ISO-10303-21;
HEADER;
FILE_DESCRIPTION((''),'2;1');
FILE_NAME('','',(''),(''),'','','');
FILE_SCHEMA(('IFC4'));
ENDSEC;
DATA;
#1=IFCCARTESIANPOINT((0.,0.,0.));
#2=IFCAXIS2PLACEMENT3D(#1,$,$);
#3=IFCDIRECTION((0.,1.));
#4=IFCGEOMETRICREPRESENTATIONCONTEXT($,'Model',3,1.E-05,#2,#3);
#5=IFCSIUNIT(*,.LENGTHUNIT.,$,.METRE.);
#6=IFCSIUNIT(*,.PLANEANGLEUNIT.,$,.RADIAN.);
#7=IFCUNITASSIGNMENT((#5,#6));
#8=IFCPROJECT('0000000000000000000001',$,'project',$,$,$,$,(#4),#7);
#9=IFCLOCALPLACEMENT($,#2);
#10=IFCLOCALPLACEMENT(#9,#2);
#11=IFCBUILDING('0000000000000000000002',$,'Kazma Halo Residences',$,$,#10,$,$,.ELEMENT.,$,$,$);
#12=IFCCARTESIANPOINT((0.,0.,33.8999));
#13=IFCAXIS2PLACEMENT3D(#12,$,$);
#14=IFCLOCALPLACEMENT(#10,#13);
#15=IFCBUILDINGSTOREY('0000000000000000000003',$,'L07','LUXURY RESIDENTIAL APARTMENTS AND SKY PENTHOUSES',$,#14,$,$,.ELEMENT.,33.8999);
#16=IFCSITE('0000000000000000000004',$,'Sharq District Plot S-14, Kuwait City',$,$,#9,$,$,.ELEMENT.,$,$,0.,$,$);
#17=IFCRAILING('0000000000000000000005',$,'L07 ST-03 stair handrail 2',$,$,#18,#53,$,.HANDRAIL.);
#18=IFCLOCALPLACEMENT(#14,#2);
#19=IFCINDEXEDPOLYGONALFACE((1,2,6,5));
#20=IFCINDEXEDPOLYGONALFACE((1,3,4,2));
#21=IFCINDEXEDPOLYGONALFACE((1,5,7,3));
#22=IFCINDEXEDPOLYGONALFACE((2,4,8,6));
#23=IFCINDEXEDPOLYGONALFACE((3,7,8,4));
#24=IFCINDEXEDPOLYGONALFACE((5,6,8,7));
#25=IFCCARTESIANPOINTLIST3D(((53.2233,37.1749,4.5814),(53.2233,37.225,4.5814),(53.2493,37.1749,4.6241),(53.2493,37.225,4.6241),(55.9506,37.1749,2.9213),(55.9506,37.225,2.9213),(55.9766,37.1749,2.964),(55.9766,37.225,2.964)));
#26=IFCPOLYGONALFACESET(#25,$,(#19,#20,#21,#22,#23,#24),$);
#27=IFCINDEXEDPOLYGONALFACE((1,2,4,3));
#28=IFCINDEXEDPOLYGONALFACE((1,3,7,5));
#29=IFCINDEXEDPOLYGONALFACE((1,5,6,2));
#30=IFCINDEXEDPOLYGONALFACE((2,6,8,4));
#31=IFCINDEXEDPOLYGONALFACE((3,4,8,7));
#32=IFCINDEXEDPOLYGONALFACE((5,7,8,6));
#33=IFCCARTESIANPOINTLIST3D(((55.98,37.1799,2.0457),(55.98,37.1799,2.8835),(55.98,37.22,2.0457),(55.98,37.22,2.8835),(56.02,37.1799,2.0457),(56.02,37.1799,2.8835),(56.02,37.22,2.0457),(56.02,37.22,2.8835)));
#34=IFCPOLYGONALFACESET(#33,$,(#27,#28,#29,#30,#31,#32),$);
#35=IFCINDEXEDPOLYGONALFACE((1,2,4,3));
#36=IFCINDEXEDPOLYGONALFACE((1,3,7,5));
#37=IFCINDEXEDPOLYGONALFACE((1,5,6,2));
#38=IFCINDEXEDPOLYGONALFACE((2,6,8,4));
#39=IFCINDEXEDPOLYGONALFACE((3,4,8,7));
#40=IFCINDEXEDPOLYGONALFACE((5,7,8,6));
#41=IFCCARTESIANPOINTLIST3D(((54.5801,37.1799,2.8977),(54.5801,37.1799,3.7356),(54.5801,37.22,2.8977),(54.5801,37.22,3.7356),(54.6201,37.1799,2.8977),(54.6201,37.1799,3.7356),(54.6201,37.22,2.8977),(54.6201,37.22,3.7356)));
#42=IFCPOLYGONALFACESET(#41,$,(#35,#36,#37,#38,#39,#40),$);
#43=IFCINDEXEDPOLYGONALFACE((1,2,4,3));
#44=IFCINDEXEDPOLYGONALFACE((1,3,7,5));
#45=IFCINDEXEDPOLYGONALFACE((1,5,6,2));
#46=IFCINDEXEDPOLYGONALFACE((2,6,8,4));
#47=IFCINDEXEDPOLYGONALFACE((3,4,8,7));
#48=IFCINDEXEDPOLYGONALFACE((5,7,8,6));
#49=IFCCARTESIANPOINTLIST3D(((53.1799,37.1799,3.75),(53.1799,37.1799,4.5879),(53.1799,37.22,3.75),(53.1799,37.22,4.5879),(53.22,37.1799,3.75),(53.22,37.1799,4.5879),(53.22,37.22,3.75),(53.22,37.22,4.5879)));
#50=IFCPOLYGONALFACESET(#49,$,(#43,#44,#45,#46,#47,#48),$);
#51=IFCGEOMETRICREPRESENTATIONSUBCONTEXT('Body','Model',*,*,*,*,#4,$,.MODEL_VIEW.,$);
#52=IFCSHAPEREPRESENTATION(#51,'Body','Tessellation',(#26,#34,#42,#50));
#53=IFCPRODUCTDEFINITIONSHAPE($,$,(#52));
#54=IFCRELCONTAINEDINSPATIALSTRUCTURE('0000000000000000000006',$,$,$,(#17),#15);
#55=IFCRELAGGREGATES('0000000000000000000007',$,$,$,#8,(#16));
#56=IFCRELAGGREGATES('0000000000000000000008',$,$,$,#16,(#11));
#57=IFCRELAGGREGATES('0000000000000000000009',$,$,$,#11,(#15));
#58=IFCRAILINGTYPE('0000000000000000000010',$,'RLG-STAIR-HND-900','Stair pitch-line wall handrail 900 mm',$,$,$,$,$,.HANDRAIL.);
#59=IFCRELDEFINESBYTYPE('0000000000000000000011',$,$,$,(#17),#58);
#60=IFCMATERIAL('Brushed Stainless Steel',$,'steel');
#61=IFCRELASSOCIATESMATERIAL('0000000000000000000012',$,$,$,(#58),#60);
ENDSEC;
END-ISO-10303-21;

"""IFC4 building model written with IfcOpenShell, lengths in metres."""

from ifc_helpers import new_model, si_unit, direction, frame, origin, origin_2d, place, context, subcontext, project, spatial, rectangle, extrude, material, type_object, element, save


model = new_model("IFC4")

# Units and contexts
model_context = context("Model", 3, precision=1e-05, world=origin(), true_north=direction((0.0, 1.0)))
body_context = subcontext(model_context, "Body", "Model", "MODEL_VIEW")
ifc_project = project(units=[si_unit("LENGTHUNIT", "METRE"), si_unit("PLANEANGLEUNIT", "RADIAN")], contexts=[model_context])

# Site, building, storey
site_placement = place(None, origin())
site = spatial("IfcSite", under=ifc_project, at=site_placement, Name="Sharq District Plot S-14, Kuwait City", CompositionType="ELEMENT", RefElevation=0.0)
building_placement = place(site_placement, origin())
building = spatial("IfcBuilding", under=site, at=building_placement, Name="Kazma Halo Residences", CompositionType="ELEMENT")
storey_placement = place(building_placement, frame((0.0, 0.0, 33.8999)))
storey = spatial("IfcBuildingStorey", under=building, at=storey_placement, Name="L07", Description="LUXURY RESIDENTIAL APARTMENTS AND SKY PENTHOUSES", CompositionType="ELEMENT", Elevation=33.8999)

# Railing
ifc_material_1 = material(Name="Brushed Stainless Steel", Category="steel")
railing_type_1 = type_object("IfcRailingType", Name="RLG-STAIR-HND-900", Description="Stair pitch-line wall handrail 900 mm", PredefinedType="HANDRAIL", material=ifc_material_1)
railing_1_placement = place(storey_placement, frame((56.0, 37.2, 2.0457)))
element("IfcRailing", 1, at=railing_1_placement, inside=storey, type_object=railing_type_1, Name="L07 ST-03 stair handrail 2", PredefinedType="HANDRAIL", context=body_context, shape_type="SweptSolid", body=[
    extrude(rectangle(XDim=0.05, YDim=0.05, at=origin_2d()), frame((-0.0364, 0.0, 0.897), z_axis=(-0.854203, 0.0, 0.51994), x_axis=(0.0, -1.0, 0.0)), (0.0, 0.0, 1.0), 3.1929),
    extrude(rectangle(XDim=0.04, YDim=0.04, at=origin_2d()), origin(), (0.0, 0.0, 1.0), 0.8379),
    extrude(rectangle(XDim=0.04, YDim=0.04, at=origin_2d()), frame((-1.3999, 0.0, 0.8521)), (0.0, 0.0, 1.0), 0.8379),
    extrude(rectangle(XDim=0.04, YDim=0.04, at=origin_2d()), frame((-2.8, 0.0, 1.7043)), (0.0, 0.0, 1.0), 0.8379),
])

save(model, "model.ifc")
